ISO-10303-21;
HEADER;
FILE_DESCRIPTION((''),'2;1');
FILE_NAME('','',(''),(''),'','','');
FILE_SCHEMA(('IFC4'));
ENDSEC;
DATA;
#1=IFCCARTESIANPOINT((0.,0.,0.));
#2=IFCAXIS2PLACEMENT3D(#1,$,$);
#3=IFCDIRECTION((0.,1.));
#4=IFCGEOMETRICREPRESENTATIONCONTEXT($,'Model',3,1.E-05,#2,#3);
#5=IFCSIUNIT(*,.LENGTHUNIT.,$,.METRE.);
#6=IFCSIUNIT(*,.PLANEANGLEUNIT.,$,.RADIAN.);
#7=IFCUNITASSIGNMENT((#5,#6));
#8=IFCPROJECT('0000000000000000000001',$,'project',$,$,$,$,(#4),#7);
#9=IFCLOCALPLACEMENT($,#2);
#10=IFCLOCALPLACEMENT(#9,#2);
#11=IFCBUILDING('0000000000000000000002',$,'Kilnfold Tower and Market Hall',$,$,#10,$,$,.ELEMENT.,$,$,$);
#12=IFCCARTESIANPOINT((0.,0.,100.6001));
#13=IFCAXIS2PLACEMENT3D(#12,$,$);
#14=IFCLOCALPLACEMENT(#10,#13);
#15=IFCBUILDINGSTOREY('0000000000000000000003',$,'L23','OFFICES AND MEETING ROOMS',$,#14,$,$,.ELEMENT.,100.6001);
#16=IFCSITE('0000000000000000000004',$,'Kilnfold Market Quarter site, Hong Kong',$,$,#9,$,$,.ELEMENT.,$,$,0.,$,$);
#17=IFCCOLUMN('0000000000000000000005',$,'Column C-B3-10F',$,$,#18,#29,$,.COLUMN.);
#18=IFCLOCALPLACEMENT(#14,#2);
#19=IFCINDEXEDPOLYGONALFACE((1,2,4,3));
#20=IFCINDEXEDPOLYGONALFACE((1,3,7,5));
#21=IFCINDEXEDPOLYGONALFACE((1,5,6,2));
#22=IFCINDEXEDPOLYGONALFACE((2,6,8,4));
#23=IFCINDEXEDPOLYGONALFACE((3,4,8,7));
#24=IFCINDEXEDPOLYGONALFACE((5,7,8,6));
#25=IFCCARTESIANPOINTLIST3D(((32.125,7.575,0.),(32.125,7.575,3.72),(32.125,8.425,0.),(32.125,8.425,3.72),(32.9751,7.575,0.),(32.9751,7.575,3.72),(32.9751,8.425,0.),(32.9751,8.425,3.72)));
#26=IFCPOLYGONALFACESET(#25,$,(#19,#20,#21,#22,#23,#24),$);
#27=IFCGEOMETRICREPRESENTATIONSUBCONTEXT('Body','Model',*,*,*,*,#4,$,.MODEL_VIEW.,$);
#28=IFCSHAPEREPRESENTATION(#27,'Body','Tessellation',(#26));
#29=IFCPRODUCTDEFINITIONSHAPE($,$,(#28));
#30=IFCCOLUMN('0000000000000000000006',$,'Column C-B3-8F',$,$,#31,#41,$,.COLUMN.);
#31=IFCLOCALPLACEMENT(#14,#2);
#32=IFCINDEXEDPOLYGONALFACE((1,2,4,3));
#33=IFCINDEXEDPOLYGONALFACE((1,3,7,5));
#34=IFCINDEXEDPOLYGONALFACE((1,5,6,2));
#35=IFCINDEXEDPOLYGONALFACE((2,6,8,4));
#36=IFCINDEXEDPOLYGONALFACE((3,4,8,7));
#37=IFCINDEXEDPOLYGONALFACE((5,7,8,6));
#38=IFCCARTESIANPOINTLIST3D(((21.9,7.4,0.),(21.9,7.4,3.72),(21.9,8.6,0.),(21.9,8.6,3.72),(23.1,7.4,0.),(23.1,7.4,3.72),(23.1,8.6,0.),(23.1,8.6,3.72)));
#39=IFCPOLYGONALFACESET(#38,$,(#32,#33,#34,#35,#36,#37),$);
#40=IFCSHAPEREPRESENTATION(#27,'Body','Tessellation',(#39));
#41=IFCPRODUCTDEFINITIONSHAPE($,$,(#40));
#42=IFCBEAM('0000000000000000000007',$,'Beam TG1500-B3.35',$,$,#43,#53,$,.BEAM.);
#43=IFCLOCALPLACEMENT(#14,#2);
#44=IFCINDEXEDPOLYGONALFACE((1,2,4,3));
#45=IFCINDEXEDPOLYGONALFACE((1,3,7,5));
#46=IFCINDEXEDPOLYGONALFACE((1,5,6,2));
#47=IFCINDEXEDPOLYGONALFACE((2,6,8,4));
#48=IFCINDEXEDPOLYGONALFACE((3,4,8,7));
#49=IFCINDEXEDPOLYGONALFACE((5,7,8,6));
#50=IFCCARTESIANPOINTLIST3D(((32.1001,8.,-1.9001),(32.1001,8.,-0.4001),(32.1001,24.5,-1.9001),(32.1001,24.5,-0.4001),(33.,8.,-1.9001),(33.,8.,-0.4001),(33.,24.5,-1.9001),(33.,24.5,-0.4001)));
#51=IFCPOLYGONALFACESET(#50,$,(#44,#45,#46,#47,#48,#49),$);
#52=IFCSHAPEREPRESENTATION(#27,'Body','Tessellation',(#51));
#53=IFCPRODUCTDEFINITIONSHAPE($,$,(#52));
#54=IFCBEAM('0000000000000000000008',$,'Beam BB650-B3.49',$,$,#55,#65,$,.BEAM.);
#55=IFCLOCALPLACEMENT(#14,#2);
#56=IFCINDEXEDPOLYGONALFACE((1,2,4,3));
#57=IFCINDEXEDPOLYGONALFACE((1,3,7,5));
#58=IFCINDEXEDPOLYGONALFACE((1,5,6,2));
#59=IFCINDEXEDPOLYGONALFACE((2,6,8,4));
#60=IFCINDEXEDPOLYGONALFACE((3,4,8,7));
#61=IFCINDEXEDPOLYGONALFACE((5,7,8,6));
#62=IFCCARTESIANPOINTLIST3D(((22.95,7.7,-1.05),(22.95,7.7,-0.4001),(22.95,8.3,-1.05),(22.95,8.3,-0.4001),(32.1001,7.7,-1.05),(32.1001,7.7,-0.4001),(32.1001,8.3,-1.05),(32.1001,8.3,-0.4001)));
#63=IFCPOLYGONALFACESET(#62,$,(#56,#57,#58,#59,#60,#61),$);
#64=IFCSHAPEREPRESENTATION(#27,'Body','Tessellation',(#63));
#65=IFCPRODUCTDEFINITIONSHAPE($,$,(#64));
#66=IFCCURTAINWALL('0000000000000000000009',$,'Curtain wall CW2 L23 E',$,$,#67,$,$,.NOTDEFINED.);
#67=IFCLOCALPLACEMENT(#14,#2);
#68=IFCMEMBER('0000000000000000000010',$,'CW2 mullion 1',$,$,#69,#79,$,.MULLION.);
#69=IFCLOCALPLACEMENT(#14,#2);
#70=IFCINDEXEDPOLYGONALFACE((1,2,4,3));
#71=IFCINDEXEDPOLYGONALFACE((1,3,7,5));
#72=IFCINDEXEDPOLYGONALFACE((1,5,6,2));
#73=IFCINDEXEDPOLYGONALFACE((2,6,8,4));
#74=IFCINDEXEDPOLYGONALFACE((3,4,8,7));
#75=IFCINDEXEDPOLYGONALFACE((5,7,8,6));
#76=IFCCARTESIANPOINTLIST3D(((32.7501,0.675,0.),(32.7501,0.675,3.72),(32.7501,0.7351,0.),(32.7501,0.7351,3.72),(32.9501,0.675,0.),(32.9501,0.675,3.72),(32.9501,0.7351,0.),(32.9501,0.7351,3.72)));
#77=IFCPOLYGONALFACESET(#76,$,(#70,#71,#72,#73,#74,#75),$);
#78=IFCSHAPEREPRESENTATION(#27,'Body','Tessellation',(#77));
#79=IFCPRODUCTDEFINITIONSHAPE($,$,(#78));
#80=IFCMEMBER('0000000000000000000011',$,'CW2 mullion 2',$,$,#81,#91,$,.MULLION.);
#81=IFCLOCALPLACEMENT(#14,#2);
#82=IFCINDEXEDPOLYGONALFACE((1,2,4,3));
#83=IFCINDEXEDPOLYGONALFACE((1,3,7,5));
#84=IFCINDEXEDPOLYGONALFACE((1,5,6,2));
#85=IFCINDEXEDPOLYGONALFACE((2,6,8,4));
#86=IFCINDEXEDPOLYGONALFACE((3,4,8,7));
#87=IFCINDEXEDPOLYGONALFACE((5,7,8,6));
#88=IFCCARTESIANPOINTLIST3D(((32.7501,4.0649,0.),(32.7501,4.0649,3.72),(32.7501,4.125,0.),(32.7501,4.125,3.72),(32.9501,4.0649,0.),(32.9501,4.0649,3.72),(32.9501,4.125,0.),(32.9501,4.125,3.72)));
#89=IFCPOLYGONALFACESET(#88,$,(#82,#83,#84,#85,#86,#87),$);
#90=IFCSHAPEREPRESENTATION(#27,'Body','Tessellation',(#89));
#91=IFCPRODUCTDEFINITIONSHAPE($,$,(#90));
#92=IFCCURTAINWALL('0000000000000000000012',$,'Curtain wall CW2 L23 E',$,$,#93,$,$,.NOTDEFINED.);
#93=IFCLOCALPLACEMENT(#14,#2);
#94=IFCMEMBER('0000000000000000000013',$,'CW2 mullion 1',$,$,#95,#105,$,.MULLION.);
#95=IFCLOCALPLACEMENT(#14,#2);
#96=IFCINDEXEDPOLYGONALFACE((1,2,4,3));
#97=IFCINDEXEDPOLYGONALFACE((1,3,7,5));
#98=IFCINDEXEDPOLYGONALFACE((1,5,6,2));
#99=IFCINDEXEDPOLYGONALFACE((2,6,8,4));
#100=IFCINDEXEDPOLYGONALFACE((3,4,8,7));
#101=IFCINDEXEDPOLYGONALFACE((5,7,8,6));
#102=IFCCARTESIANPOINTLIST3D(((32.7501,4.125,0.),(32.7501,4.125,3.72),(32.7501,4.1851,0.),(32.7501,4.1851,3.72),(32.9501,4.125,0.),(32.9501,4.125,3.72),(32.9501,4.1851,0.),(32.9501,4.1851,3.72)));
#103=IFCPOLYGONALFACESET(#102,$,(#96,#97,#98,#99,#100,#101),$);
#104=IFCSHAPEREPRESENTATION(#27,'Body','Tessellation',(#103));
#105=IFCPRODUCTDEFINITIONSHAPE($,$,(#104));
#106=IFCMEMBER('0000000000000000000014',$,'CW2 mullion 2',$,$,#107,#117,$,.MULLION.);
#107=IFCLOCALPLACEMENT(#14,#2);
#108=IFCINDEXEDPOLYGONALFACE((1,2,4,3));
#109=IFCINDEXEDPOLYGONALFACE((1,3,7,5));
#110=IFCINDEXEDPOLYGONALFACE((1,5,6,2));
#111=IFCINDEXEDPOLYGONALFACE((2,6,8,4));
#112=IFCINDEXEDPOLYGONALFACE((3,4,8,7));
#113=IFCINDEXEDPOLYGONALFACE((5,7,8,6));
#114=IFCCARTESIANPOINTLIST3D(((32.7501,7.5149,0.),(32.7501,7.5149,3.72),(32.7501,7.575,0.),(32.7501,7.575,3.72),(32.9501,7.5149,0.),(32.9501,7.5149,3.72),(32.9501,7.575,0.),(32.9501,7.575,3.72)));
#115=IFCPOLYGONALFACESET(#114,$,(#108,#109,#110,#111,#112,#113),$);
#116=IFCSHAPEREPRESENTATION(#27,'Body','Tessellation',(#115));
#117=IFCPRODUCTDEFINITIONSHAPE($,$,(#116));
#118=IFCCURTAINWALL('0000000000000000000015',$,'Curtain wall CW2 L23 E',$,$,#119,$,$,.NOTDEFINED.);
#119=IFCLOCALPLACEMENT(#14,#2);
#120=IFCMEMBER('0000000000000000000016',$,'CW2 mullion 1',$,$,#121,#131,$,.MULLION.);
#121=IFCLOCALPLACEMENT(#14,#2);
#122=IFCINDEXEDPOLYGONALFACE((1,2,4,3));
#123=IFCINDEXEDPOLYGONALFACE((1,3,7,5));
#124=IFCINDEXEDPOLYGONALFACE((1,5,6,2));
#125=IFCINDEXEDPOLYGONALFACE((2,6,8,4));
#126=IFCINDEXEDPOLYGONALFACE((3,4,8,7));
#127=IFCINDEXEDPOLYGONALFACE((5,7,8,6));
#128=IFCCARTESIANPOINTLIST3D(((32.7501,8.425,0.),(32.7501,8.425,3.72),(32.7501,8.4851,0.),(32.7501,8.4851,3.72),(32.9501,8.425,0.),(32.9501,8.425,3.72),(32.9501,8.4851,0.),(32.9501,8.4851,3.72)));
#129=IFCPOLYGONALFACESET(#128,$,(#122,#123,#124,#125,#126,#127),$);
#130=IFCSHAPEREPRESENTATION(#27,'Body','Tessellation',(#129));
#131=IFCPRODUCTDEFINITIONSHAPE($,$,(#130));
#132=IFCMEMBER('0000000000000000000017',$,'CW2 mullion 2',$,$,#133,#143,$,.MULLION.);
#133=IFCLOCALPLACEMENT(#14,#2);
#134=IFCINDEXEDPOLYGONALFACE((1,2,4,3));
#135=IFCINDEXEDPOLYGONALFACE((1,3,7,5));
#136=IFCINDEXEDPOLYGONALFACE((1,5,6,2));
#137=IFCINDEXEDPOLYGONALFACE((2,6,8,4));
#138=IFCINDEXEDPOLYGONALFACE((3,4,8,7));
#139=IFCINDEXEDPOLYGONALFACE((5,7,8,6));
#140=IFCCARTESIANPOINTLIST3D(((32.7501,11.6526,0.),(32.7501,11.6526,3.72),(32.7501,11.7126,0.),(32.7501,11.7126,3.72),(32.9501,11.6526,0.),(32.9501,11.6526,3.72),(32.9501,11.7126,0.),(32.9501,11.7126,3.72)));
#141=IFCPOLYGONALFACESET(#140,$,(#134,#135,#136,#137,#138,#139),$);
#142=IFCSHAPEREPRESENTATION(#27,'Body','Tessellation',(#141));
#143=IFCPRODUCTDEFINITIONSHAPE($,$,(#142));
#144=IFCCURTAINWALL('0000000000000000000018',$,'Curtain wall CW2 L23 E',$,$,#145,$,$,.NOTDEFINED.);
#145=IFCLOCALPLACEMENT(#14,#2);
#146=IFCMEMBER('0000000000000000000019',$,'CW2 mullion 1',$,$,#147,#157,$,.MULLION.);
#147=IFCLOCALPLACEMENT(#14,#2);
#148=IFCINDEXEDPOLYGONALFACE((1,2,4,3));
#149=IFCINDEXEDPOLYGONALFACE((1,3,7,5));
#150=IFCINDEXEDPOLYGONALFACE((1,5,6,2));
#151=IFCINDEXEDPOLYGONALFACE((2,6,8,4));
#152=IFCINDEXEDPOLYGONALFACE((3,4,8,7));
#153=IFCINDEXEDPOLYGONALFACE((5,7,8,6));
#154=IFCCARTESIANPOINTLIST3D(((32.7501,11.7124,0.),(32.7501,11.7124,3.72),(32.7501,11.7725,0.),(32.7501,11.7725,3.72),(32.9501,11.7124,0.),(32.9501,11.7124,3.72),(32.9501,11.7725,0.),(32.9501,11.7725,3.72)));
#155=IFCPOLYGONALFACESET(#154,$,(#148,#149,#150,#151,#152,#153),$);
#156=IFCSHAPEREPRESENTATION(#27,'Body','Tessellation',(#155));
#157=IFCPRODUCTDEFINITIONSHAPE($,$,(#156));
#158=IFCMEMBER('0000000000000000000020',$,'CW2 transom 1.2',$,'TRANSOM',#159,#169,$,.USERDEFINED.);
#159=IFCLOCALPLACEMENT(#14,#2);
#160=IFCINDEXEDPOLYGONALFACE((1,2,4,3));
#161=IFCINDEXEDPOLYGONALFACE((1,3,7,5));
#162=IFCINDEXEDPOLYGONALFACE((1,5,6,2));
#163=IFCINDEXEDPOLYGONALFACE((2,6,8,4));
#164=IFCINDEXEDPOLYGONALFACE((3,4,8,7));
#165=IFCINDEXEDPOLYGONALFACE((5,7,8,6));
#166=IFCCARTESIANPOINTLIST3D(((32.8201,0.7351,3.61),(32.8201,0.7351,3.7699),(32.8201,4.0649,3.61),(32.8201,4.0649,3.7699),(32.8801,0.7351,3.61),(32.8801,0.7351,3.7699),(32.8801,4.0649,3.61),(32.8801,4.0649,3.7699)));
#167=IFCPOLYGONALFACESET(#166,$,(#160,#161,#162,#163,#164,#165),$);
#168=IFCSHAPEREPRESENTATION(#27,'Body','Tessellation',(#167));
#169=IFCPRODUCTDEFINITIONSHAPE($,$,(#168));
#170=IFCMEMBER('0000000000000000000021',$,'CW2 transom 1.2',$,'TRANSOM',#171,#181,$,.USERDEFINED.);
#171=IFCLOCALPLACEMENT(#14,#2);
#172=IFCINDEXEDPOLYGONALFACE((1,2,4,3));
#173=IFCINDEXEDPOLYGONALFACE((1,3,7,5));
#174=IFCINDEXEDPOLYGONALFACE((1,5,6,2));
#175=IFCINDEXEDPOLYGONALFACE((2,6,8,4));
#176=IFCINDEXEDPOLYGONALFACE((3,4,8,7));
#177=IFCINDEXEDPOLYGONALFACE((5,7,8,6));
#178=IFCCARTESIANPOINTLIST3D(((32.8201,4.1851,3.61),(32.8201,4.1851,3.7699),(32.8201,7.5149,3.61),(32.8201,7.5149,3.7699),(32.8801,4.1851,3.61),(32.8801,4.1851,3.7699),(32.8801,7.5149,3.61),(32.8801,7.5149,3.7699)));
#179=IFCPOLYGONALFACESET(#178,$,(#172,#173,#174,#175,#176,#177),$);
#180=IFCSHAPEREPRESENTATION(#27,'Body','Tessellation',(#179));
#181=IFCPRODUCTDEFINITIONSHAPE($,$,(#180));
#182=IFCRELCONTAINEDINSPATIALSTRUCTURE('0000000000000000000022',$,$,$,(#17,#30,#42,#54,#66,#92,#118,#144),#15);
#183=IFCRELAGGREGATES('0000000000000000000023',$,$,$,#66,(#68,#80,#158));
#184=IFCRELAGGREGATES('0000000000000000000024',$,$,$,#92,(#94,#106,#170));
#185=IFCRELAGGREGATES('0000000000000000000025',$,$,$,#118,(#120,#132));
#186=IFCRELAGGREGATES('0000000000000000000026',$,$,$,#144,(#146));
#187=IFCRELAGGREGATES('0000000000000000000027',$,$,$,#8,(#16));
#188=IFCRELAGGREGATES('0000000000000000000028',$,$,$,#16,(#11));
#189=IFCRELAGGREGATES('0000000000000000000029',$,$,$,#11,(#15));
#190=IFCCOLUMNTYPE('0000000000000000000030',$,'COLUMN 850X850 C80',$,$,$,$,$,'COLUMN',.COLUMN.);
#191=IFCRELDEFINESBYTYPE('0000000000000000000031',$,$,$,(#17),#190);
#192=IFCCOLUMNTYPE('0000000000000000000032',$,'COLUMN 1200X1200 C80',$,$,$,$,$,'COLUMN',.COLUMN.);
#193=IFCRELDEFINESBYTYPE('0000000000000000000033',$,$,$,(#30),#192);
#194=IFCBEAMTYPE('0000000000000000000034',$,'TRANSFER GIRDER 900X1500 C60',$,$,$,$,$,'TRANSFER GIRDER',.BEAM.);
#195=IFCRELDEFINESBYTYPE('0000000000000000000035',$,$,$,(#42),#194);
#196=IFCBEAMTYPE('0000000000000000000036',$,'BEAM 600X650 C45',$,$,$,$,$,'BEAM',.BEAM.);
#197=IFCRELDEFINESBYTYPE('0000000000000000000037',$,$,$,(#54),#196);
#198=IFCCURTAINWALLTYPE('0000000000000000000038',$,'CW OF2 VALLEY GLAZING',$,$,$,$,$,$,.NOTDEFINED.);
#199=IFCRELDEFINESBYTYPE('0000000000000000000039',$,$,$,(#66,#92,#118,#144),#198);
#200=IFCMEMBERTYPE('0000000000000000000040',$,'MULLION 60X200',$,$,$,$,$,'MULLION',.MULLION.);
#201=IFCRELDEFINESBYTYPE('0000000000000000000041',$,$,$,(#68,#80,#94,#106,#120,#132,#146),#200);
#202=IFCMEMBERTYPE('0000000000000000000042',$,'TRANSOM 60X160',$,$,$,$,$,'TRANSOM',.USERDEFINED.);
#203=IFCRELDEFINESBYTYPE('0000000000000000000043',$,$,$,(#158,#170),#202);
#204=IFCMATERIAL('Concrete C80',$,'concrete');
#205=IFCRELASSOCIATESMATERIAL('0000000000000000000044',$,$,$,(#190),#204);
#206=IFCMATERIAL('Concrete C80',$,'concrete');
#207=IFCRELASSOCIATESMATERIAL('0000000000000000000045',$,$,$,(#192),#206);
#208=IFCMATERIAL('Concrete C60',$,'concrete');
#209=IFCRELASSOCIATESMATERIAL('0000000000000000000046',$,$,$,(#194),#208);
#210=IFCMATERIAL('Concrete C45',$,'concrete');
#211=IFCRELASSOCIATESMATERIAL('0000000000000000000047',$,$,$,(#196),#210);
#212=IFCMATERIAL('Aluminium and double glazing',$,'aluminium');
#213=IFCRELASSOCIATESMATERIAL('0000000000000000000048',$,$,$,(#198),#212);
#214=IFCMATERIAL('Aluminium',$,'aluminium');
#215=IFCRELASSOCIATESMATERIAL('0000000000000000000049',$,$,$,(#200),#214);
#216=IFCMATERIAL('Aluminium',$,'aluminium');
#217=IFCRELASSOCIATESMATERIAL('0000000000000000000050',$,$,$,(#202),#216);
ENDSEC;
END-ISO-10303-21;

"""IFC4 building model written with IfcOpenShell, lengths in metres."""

from ifc_helpers import new_model, si_unit, direction, frame, origin, origin_2d, place, context, subcontext, project, spatial, rectangle, extrude, source, transform, mapped, material, material_profile, profile_set, type_object, element, aggregate, save


model = new_model("IFC4")

# Units and contexts
model_context = context("Model", 3, precision=1e-05, world=origin(), true_north=direction((0.0, 1.0)))
body_context = subcontext(model_context, "Body", "Model", "MODEL_VIEW")
ifc_project = project(units=[si_unit("LENGTHUNIT", "METRE"), si_unit("PLANEANGLEUNIT", "RADIAN")], contexts=[model_context])

# Site, building, storey
site_placement = place(None, origin())
site = spatial("IfcSite", under=ifc_project, at=site_placement, Name="Kilnfold Market Quarter site, Hong Kong", CompositionType="ELEMENT", RefElevation=0.0)
building_placement = place(site_placement, origin())
building = spatial("IfcBuilding", under=site, at=building_placement, Name="Kilnfold Tower and Market Hall", CompositionType="ELEMENT")
storey_placement = place(building_placement, frame((0.0, 0.0, 100.6001)))
storey = spatial("IfcBuildingStorey", under=building, at=storey_placement, Name="L23", Description="OFFICES AND MEETING ROOMS", CompositionType="ELEMENT", Elevation=100.6001)

# Columns
ifc_material_1 = material(Name="Concrete C80", Category="concrete")
ifc_material_profile_1 = material_profile(ifc_material_1, rectangle(XDim=0.8501, YDim=0.8501, at=origin_2d()), Name="RC 850x850")
ifc_profile_set_1 = profile_set([ifc_material_profile_1], Name="Concrete C80")
column_type_1 = type_object("IfcColumnType", Name="COLUMN 850X850 C80", ElementType="COLUMN", PredefinedType="COLUMN", material=ifc_profile_set_1)
shared_shape_1 = source(origin(), body_context, "Body", "SweptSolid", [
    extrude(rectangle(XDim=0.8501, YDim=0.8501, at=origin_2d()), origin(), (0.0, 0.0, 1.0), 3.72),
])
column_1_placement = place(storey_placement, frame((32.55, 8.0, 0.0), z_axis=(0.0, 0.0, 1.0), x_axis=(1.0, 0.0, 0.0)))
element("IfcColumn", 1, at=column_1_placement, inside=storey, type_object=column_type_1, Name="Column C-B3-10F", PredefinedType="COLUMN", context=body_context, shape_type="MappedRepresentation", body=[
    mapped(shared_shape_1, transform((0.0, 0.0, 0.0))),
])
ifc_material_2 = material(Name="Concrete C80", Category="concrete")
ifc_material_profile_2 = material_profile(ifc_material_2, rectangle(XDim=1.2, YDim=1.2, at=origin_2d()), Name="RC 1200x1200")
ifc_profile_set_2 = profile_set([ifc_material_profile_2], Name="Concrete C80")
column_type_2 = type_object("IfcColumnType", Name="COLUMN 1200X1200 C80", ElementType="COLUMN", PredefinedType="COLUMN", material=ifc_profile_set_2)
shared_shape_2 = source(origin(), body_context, "Body", "SweptSolid", [
    extrude(rectangle(XDim=1.2, YDim=1.2, at=origin_2d()), origin(), (0.0, 0.0, 1.0), 3.72),
])
column_2_placement = place(storey_placement, frame((22.5, 8.0, 0.0), z_axis=(0.0, 0.0, 1.0), x_axis=(1.0, 0.0, 0.0)))
element("IfcColumn", 2, at=column_2_placement, inside=storey, type_object=column_type_2, Name="Column C-B3-8F", PredefinedType="COLUMN", context=body_context, shape_type="MappedRepresentation", body=[
    mapped(shared_shape_2, transform((0.0, 0.0, 0.0))),
])

# Beams
ifc_material_3 = material(Name="Concrete C60", Category="concrete")
ifc_material_profile_3 = material_profile(ifc_material_3, rectangle(XDim=0.8999, YDim=1.5, at=origin_2d()), Name="RC 900x1500")
ifc_profile_set_3 = profile_set([ifc_material_profile_3], Name="Concrete C60")
beam_type_1 = type_object("IfcBeamType", Name="TRANSFER GIRDER 900X1500 C60", ElementType="TRANSFER GIRDER", PredefinedType="BEAM", material=ifc_profile_set_3)
shared_shape_3 = source(origin(), body_context, "Body", "SweptSolid", [
    extrude(rectangle(XDim=0.8999, YDim=1.5, at=origin_2d()), origin(), (0.0, 0.0, 1.0), 16.5),
])
beam_1_placement = place(storey_placement, frame((32.55, 8.0, -1.1501), z_axis=(0.0, 1.0, 0.0), x_axis=(-1.0, 0.0, 0.0)))
element("IfcBeam", 3, at=beam_1_placement, inside=storey, type_object=beam_type_1, Name="Beam TG1500-B3.35", PredefinedType="BEAM", context=body_context, shape_type="MappedRepresentation", body=[
    mapped(shared_shape_3, transform((0.0, 0.0, 0.0))),
])
ifc_material_4 = material(Name="Concrete C45", Category="concrete")
ifc_material_profile_4 = material_profile(ifc_material_4, rectangle(XDim=0.6001, YDim=0.6499, at=origin_2d()), Name="RC 600x650")
ifc_profile_set_4 = profile_set([ifc_material_profile_4], Name="Concrete C45")
beam_type_2 = type_object("IfcBeamType", Name="BEAM 600X650 C45", ElementType="BEAM", PredefinedType="BEAM", material=ifc_profile_set_4)
shared_shape_4 = source(origin(), body_context, "Body", "SweptSolid", [
    extrude(rectangle(XDim=0.6001, YDim=0.6499, at=origin_2d()), origin(), (0.0, 0.0, 1.0), 9.1501),
])
beam_2_placement = place(storey_placement, frame((22.95, 8.0, -0.7251), z_axis=(1.0, 0.0, 0.0), x_axis=(0.0, 1.0, 0.0)))
element("IfcBeam", 4, at=beam_2_placement, inside=storey, type_object=beam_type_2, Name="Beam BB650-B3.49", PredefinedType="BEAM", context=body_context, shape_type="MappedRepresentation", body=[
    mapped(shared_shape_4, transform((0.0, 0.0, 0.0))),
])

# Curtain walls, members
ifc_material_5 = material(Name="Aluminium and double glazing", Category="aluminium")
curtain_wall_type = type_object("IfcCurtainWallType", Name="CW OF2 VALLEY GLAZING", PredefinedType="NOTDEFINED", material=ifc_material_5)
curtain_wall_1_placement = place(storey_placement, origin())
curtain_wall_1 = element("IfcCurtainWall", 5, at=curtain_wall_1_placement, inside=storey, type_object=curtain_wall_type, Name="Curtain wall CW2 L23 E", PredefinedType="NOTDEFINED")
ifc_material_6 = material(Name="Aluminium", Category="aluminium")
ifc_material_profile_5 = material_profile(ifc_material_6, rectangle(XDim=0.0601, YDim=0.2, at=origin_2d()), Name="MULLION 60x200")
ifc_profile_set_5 = profile_set([ifc_material_profile_5], Name="Aluminium")
member_type_1 = type_object("IfcMemberType", Name="MULLION 60X200", ElementType="MULLION", PredefinedType="MULLION", material=ifc_profile_set_5)
shared_shape_5 = source(origin(), body_context, "Body", "SweptSolid", [
    extrude(rectangle(XDim=0.0601, YDim=0.2, at=origin_2d()), origin(), (0.0, 0.0, 1.0), 3.72),
])
member_1_placement = place(storey_placement, frame((32.8501, 0.7051, 0.0), z_axis=(0.0, 0.0, 1.0), x_axis=(0.0, 1.0, 0.0)))
member_1 = element("IfcMember", 6, at=member_1_placement, type_object=member_type_1, Name="CW2 mullion 1", PredefinedType="MULLION", context=body_context, shape_type="MappedRepresentation", body=[
    mapped(shared_shape_5, transform((0.0, 0.0, 0.0))),
])
member_2_placement = place(storey_placement, frame((32.8501, 4.095, 0.0), z_axis=(0.0, 0.0, 1.0), x_axis=(0.0, 1.0, 0.0)))
member_2 = element("IfcMember", 7, at=member_2_placement, type_object=member_type_1, Name="CW2 mullion 2", PredefinedType="MULLION", context=body_context, shape_type="MappedRepresentation", body=[
    mapped(shared_shape_5, transform((0.0, 0.0, 0.0))),
])
curtain_wall_2_placement = place(storey_placement, origin())
curtain_wall_2 = element("IfcCurtainWall", 8, at=curtain_wall_2_placement, inside=storey, type_object=curtain_wall_type, Name="Curtain wall CW2 L23 E", PredefinedType="NOTDEFINED")
member_3_placement = place(storey_placement, frame((32.8501, 4.155, 0.0), z_axis=(0.0, 0.0, 1.0), x_axis=(0.0, 1.0, 0.0)))
member_3 = element("IfcMember", 9, at=member_3_placement, type_object=member_type_1, Name="CW2 mullion 1", PredefinedType="MULLION", context=body_context, shape_type="MappedRepresentation", body=[
    mapped(shared_shape_5, transform((0.0, 0.0, 0.0))),
])
member_4_placement = place(storey_placement, frame((32.8501, 7.5449, 0.0), z_axis=(0.0, 0.0, 1.0), x_axis=(0.0, 1.0, 0.0)))
member_4 = element("IfcMember", 10, at=member_4_placement, type_object=member_type_1, Name="CW2 mullion 2", PredefinedType="MULLION", context=body_context, shape_type="MappedRepresentation", body=[
    mapped(shared_shape_5, transform((0.0, 0.0, 0.0))),
])
curtain_wall_3_placement = place(storey_placement, origin())
curtain_wall_3 = element("IfcCurtainWall", 11, at=curtain_wall_3_placement, inside=storey, type_object=curtain_wall_type, Name="Curtain wall CW2 L23 E", PredefinedType="NOTDEFINED")
member_5_placement = place(storey_placement, frame((32.8501, 8.4551, 0.0), z_axis=(0.0, 0.0, 1.0), x_axis=(0.0, 1.0, 0.0)))
member_5 = element("IfcMember", 12, at=member_5_placement, type_object=member_type_1, Name="CW2 mullion 1", PredefinedType="MULLION", context=body_context, shape_type="MappedRepresentation", body=[
    mapped(shared_shape_5, transform((0.0, 0.0, 0.0))),
])
member_6_placement = place(storey_placement, frame((32.8501, 11.6826, 0.0), z_axis=(0.0, 0.0, 1.0), x_axis=(0.0, 1.0, 0.0)))
member_6 = element("IfcMember", 13, at=member_6_placement, type_object=member_type_1, Name="CW2 mullion 2", PredefinedType="MULLION", context=body_context, shape_type="MappedRepresentation", body=[
    mapped(shared_shape_5, transform((0.0, 0.0, 0.0))),
])

# Curtain wall, member
curtain_wall_4_placement = place(storey_placement, origin())
curtain_wall_4 = element("IfcCurtainWall", 14, at=curtain_wall_4_placement, inside=storey, type_object=curtain_wall_type, Name="Curtain wall CW2 L23 E", PredefinedType="NOTDEFINED")
member_7_placement = place(storey_placement, frame((32.8501, 11.7424, 0.0), z_axis=(0.0, 0.0, 1.0), x_axis=(0.0, 1.0, 0.0)))
member_7 = element("IfcMember", 15, at=member_7_placement, type_object=member_type_1, Name="CW2 mullion 1", PredefinedType="MULLION", context=body_context, shape_type="MappedRepresentation", body=[
    mapped(shared_shape_5, transform((0.0, 0.0, 0.0))),
])

# Members
ifc_material_7 = material(Name="Aluminium", Category="aluminium")
ifc_material_profile_6 = material_profile(ifc_material_7, rectangle(XDim=0.0601, YDim=0.1599, at=origin_2d()), Name="TRANSOM 60x160")
ifc_profile_set_6 = profile_set([ifc_material_profile_6], Name="Aluminium")
member_type_2 = type_object("IfcMemberType", Name="TRANSOM 60X160", ElementType="TRANSOM", PredefinedType="USERDEFINED", material=ifc_profile_set_6)
shared_shape_6 = source(origin(), body_context, "Body", "SweptSolid", [
    extrude(rectangle(XDim=0.0601, YDim=0.1599, at=origin_2d()), origin(), (0.0, 0.0, 1.0), 3.3298),
])
member_8_placement = place(storey_placement, frame((32.8501, 0.7351, 3.6899), z_axis=(0.0, 1.0, 0.0), x_axis=(-1.0, 0.0, 0.0)))
member_8 = element("IfcMember", 16, at=member_8_placement, type_object=member_type_2, Name="CW2 transom 1.2", ObjectType="TRANSOM", PredefinedType="USERDEFINED", context=body_context, shape_type="MappedRepresentation", body=[
    mapped(shared_shape_6, transform((0.0, 0.0, 0.0))),
])
member_9_placement = place(storey_placement, frame((32.8501, 4.1851, 3.6899), z_axis=(0.0, 1.0, 0.0), x_axis=(-1.0, 0.0, 0.0)))
member_9 = element("IfcMember", 17, at=member_9_placement, type_object=member_type_2, Name="CW2 transom 1.2", ObjectType="TRANSOM", PredefinedType="USERDEFINED", context=body_context, shape_type="MappedRepresentation", body=[
    mapped(shared_shape_6, transform((0.0, 0.0, 0.0))),
])

aggregate(curtain_wall_1, [member_1, member_2, member_8])
aggregate(curtain_wall_2, [member_3, member_4, member_9])
aggregate(curtain_wall_3, [member_5, member_6])
aggregate(curtain_wall_4, [member_7])

save(model, "model.ifc")
